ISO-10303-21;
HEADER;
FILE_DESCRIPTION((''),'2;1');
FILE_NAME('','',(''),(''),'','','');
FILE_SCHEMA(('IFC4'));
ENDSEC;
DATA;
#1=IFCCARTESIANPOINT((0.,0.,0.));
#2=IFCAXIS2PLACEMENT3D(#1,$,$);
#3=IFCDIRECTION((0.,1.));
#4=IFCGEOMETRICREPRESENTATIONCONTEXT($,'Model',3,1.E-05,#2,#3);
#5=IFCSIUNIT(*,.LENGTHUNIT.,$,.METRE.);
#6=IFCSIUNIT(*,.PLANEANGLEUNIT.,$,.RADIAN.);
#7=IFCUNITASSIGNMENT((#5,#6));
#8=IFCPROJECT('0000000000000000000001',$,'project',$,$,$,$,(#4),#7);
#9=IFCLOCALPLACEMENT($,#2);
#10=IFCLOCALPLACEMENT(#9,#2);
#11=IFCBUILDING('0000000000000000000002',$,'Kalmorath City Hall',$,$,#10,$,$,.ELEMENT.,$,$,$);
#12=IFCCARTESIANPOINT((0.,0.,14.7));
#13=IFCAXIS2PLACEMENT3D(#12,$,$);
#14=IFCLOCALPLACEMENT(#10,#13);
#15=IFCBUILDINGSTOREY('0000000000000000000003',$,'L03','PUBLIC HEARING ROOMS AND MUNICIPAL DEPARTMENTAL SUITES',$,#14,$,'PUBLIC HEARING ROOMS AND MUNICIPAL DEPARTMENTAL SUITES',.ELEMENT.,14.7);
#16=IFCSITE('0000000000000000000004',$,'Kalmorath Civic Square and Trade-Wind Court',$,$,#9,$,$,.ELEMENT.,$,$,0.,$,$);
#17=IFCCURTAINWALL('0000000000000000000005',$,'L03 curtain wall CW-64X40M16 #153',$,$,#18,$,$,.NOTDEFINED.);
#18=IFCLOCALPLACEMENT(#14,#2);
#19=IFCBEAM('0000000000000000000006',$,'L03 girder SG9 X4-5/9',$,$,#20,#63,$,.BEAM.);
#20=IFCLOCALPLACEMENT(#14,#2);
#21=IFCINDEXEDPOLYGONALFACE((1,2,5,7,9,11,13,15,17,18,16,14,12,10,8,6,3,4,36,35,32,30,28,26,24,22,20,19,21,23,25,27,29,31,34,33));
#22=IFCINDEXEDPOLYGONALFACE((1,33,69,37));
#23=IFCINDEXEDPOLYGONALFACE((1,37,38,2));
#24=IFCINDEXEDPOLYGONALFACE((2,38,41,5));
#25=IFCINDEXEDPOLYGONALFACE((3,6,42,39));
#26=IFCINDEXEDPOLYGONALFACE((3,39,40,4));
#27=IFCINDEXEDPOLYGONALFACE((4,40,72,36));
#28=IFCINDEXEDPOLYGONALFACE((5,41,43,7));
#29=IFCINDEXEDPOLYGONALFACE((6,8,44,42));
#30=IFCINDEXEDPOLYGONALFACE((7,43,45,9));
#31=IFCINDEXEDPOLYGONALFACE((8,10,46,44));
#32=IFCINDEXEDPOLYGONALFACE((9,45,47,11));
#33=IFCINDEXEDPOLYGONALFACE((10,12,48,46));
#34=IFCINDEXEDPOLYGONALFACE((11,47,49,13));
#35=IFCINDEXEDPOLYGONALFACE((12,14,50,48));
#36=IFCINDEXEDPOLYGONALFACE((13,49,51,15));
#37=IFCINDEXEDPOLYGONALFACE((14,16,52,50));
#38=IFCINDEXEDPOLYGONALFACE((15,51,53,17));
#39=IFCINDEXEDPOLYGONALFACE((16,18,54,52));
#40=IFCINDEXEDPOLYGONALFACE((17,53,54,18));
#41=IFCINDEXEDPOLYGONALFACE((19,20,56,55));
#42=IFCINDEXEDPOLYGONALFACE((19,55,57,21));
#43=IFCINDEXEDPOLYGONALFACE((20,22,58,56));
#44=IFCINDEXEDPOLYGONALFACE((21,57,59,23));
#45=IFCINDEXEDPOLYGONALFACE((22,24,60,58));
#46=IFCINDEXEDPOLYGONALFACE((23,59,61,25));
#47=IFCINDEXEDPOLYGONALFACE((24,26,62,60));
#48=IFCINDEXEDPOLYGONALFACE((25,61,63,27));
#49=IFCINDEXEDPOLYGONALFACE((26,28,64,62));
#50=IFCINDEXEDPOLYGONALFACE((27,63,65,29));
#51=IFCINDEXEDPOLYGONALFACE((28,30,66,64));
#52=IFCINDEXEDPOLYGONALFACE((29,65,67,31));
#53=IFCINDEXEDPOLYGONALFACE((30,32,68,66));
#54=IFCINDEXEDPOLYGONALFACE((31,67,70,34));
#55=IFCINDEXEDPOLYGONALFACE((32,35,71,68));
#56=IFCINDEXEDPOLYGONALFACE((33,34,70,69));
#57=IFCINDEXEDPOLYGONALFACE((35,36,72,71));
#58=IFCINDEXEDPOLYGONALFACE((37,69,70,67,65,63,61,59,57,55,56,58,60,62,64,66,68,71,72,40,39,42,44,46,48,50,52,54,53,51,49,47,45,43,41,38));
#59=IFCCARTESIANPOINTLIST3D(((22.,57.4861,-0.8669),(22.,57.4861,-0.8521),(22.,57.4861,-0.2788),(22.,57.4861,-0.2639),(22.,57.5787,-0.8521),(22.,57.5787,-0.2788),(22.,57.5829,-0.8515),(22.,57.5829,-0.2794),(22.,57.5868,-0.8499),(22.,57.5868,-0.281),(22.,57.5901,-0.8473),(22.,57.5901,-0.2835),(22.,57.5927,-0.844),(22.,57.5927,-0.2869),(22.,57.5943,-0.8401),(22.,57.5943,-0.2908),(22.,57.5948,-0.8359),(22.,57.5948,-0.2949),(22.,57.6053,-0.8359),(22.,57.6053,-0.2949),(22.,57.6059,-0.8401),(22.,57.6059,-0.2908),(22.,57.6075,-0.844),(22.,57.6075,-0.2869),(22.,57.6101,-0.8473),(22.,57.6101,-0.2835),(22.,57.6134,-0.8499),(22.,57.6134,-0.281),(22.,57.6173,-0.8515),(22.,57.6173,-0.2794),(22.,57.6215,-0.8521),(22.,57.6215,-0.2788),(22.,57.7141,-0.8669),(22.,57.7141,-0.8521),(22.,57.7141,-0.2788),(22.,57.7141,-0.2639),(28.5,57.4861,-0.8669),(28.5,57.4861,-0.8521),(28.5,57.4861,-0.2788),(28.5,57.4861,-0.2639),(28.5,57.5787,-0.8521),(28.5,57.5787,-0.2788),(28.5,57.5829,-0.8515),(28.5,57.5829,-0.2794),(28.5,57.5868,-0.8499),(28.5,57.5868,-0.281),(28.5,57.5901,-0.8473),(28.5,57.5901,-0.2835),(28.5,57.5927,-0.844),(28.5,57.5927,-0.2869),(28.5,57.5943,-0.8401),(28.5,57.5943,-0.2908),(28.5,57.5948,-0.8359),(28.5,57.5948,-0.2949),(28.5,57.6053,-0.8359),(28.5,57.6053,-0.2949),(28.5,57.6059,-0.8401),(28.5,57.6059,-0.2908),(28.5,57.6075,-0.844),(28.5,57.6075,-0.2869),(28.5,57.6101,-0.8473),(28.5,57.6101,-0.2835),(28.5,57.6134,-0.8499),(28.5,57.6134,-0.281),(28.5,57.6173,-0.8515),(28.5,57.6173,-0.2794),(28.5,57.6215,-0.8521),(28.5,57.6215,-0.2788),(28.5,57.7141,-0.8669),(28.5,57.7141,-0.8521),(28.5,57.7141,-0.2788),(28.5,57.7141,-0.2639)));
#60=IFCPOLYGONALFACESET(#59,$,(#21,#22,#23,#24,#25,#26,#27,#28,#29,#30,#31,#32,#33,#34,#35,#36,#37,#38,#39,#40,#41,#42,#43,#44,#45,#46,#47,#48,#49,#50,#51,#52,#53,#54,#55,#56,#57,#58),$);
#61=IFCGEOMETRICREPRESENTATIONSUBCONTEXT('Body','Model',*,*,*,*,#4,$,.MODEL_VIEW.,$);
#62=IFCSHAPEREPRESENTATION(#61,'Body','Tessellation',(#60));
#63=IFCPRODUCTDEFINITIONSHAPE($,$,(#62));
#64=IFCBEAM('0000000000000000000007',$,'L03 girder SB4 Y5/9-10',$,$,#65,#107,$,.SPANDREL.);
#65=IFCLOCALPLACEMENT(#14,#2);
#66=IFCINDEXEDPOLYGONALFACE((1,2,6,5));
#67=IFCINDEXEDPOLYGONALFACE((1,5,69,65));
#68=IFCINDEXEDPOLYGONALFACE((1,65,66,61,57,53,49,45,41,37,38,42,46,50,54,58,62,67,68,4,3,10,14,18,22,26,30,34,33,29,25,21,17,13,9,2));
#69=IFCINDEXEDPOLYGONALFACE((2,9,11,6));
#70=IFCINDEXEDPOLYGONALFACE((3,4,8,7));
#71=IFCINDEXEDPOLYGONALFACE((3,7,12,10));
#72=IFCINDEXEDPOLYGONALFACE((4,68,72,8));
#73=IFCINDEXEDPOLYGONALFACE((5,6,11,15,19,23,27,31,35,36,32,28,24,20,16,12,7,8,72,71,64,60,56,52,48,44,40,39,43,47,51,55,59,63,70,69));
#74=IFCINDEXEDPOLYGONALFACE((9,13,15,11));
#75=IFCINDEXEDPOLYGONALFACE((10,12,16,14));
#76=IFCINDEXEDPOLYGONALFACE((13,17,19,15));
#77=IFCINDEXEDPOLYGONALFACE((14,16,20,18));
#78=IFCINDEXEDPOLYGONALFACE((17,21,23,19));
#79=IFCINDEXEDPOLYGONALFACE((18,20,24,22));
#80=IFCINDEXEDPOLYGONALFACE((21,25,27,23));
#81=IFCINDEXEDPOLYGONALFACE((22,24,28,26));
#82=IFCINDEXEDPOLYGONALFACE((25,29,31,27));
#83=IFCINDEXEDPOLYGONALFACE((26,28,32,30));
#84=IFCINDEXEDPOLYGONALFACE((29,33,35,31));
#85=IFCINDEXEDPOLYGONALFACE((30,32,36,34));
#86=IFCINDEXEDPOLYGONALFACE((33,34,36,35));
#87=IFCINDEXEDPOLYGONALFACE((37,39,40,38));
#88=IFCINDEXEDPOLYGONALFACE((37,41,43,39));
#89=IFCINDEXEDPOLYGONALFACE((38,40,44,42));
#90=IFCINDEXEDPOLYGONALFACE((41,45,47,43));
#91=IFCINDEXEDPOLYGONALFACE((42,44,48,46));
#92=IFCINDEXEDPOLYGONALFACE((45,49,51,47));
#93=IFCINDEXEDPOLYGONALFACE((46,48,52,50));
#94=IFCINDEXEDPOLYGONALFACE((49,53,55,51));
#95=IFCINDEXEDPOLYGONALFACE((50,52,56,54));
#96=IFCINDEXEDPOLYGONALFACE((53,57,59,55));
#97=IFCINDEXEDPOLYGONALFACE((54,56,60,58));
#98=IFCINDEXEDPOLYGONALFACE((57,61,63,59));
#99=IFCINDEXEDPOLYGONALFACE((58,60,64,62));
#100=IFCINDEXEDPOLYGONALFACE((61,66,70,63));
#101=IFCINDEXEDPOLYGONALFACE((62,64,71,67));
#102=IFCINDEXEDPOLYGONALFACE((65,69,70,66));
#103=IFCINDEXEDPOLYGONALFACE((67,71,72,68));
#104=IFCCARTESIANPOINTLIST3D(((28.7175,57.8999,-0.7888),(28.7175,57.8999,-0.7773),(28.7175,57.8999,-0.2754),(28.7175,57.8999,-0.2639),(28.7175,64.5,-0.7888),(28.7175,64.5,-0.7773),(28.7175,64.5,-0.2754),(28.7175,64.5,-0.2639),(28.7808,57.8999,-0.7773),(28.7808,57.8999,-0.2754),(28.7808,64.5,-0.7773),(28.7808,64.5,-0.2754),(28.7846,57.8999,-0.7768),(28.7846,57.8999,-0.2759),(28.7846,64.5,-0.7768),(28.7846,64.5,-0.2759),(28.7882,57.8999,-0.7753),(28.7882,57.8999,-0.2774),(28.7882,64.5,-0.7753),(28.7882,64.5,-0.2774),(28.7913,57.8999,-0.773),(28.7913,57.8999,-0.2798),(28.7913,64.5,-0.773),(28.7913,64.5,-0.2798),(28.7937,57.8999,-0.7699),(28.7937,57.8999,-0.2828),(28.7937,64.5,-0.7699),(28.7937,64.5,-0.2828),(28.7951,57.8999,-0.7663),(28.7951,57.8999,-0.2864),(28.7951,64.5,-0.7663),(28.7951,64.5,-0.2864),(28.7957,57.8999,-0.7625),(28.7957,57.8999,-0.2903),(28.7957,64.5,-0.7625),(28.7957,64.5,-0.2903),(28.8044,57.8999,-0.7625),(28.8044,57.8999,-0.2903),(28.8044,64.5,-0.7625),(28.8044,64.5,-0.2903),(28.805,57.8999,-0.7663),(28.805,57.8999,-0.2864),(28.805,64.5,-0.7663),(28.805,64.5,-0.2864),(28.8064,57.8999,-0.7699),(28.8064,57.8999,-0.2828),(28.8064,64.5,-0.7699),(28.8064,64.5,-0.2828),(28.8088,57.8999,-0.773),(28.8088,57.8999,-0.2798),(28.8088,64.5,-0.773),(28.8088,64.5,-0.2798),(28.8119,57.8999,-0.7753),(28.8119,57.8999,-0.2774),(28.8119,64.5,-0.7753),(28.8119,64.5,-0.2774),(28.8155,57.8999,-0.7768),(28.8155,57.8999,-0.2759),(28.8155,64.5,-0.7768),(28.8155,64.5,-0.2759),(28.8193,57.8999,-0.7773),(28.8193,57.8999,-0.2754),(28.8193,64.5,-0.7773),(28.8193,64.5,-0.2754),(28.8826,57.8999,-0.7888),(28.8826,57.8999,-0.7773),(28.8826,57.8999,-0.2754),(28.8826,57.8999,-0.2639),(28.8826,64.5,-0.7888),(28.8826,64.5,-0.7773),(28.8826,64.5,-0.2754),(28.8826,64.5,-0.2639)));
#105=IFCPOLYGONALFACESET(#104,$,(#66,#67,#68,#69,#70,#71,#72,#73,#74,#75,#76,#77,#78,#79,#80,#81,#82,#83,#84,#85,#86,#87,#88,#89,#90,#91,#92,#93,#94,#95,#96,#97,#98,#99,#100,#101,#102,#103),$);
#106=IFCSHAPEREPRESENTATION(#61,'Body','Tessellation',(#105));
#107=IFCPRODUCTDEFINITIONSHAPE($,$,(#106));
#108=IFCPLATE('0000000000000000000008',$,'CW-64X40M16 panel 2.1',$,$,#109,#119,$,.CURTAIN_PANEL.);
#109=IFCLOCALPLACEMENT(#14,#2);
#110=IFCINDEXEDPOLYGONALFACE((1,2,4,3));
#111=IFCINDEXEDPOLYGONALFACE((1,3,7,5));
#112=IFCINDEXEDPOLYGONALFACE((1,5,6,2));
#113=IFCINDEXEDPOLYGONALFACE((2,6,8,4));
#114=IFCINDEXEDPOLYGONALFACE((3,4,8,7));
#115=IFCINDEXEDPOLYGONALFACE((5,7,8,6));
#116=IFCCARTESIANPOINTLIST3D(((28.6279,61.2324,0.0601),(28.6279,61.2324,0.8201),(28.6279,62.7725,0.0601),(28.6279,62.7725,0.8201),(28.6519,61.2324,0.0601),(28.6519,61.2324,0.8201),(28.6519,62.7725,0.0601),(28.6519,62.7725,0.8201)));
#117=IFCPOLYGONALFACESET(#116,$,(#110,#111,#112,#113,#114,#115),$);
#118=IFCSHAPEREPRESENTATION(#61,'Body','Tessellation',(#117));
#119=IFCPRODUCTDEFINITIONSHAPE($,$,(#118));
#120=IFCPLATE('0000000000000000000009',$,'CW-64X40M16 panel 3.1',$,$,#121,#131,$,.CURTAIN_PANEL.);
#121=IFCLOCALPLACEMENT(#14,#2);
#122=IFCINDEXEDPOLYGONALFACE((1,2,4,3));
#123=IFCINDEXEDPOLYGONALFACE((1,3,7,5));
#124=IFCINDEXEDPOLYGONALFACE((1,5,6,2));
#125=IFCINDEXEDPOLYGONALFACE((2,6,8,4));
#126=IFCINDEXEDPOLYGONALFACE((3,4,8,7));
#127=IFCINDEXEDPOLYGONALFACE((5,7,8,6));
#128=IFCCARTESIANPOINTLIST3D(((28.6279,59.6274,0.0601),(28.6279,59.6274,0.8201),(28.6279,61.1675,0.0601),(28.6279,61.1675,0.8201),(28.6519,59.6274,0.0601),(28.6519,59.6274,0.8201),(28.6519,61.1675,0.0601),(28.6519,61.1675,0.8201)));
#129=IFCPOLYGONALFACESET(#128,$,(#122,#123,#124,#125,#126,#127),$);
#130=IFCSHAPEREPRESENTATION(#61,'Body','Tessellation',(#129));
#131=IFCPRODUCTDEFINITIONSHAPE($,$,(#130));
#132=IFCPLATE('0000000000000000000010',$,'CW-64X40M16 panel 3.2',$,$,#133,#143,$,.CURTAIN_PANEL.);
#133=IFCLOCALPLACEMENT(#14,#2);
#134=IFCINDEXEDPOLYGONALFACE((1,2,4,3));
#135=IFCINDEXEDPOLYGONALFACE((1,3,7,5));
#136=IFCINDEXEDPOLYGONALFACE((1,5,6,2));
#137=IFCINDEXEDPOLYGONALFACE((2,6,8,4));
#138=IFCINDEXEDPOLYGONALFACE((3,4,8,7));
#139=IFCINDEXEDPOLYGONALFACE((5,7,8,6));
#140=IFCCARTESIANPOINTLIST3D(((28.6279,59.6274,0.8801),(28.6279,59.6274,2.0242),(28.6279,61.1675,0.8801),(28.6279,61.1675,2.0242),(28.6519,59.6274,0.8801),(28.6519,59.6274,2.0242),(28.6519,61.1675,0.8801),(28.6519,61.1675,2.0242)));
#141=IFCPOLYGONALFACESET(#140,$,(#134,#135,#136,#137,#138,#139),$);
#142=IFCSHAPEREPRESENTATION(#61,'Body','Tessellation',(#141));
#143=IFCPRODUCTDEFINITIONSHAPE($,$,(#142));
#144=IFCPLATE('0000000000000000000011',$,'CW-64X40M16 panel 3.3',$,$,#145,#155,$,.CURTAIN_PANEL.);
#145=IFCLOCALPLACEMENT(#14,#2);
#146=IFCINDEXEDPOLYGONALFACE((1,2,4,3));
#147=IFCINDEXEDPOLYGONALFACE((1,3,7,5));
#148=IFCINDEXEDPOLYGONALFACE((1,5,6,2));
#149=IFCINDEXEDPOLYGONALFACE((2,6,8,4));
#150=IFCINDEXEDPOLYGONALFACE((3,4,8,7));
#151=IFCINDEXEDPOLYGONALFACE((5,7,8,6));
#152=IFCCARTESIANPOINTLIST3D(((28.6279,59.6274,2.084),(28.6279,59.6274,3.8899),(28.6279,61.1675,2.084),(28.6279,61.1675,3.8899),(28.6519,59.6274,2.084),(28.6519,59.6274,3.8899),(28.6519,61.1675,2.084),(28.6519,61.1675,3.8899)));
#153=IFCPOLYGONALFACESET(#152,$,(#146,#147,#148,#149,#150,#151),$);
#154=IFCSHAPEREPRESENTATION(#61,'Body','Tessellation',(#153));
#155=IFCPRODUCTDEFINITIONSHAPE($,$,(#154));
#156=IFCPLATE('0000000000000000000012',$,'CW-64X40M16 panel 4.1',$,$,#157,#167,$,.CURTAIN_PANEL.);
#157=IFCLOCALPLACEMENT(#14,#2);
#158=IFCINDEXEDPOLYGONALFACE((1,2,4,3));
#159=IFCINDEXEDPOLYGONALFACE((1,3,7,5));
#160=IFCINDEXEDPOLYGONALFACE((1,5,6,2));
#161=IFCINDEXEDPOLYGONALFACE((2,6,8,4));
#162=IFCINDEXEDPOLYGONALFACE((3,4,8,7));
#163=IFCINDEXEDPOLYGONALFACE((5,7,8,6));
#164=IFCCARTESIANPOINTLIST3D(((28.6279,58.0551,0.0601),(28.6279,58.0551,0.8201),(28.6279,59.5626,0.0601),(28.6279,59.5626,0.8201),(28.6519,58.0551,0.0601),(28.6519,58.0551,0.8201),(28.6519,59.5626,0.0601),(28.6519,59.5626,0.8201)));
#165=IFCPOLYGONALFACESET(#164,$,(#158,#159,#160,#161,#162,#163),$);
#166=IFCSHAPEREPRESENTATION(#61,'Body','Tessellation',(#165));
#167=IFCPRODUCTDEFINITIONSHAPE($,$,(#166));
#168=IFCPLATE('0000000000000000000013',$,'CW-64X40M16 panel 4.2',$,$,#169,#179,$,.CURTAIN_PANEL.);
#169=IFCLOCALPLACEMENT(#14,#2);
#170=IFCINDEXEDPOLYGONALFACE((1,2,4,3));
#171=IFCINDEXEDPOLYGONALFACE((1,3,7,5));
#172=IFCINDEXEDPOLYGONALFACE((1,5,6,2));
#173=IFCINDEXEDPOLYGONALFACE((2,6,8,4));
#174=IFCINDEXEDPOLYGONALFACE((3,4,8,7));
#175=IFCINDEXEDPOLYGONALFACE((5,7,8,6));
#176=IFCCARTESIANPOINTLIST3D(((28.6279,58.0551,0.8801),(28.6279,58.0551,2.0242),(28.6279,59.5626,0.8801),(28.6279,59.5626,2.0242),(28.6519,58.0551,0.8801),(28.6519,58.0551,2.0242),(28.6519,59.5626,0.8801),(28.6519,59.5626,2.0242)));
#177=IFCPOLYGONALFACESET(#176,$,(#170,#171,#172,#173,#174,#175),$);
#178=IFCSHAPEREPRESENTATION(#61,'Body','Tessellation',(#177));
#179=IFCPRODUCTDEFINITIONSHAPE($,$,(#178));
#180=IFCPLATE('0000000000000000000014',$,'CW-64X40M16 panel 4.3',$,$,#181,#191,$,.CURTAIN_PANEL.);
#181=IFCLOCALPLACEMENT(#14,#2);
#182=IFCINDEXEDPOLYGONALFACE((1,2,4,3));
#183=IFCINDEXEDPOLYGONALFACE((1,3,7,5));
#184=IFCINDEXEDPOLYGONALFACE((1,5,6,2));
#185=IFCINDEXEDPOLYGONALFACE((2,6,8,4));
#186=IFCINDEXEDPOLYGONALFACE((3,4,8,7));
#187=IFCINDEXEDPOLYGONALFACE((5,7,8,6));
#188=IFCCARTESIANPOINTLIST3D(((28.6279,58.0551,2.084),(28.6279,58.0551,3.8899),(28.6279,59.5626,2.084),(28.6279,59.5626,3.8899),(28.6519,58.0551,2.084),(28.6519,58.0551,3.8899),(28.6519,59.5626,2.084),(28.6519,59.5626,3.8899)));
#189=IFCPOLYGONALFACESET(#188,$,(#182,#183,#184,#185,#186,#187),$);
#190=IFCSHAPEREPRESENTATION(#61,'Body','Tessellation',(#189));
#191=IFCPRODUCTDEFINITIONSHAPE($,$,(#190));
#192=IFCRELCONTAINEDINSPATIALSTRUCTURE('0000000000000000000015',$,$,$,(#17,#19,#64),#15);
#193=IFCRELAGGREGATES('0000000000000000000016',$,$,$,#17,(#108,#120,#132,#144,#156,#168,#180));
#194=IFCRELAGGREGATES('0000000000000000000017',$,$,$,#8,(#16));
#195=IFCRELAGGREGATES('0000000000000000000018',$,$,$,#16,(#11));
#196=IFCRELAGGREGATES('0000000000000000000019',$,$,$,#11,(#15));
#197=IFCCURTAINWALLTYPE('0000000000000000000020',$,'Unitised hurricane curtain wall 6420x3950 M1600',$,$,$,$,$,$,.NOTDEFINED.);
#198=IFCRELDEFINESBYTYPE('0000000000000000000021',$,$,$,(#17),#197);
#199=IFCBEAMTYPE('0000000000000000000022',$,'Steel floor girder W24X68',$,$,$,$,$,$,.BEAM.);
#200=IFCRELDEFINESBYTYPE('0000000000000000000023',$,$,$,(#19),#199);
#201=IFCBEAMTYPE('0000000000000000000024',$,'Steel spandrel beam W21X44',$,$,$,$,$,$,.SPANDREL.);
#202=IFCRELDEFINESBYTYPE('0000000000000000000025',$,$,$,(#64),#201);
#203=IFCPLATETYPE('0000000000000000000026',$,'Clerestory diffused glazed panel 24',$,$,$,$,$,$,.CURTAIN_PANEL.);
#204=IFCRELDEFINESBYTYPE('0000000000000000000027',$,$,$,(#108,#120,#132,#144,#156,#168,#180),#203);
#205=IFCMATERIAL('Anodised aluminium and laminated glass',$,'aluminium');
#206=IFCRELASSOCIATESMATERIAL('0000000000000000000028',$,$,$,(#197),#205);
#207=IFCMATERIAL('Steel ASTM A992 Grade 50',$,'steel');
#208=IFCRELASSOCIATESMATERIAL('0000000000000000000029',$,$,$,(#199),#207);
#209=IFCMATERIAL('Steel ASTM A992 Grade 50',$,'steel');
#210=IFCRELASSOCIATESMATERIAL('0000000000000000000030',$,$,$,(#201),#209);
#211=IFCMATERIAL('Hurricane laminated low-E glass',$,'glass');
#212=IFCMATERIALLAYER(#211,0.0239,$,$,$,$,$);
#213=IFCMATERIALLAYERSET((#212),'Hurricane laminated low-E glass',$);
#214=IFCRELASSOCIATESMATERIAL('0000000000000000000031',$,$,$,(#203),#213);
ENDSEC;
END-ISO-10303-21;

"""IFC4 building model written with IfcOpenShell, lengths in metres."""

from ifc_helpers import new_model, si_unit, direction, frame, origin, origin_2d, place, context, subcontext, project, spatial, rectangle, i_section, extrude, material, layer, layer_set, material_profile, profile_set, type_object, element, aggregate, save


model = new_model("IFC4")

# Units and contexts
model_context = context("Model", 3, precision=1e-05, world=origin(), true_north=direction((0.0, 1.0)))
body_context = subcontext(model_context, "Body", "Model", "MODEL_VIEW")
ifc_project = project(units=[si_unit("LENGTHUNIT", "METRE"), si_unit("PLANEANGLEUNIT", "RADIAN")], contexts=[model_context])

# Site, building, storey
site_placement = place(None, origin())
site = spatial("IfcSite", under=ifc_project, at=site_placement, Name="Kalmorath Civic Square and Trade-Wind Court", CompositionType="ELEMENT", RefElevation=0.0)
building_placement = place(site_placement, origin())
building = spatial("IfcBuilding", under=site, at=building_placement, Name="Kalmorath City Hall", CompositionType="ELEMENT")
storey_placement = place(building_placement, frame((0.0, 0.0, 14.7)))
storey = spatial("IfcBuildingStorey", under=building, at=storey_placement, Name="L03", Description="PUBLIC HEARING ROOMS AND MUNICIPAL DEPARTMENTAL SUITES", LongName="PUBLIC HEARING ROOMS AND MUNICIPAL DEPARTMENTAL SUITES", CompositionType="ELEMENT", Elevation=14.7)

# Curtain wall
ifc_material_1 = material(Name="Anodised aluminium and laminated glass", Category="aluminium")
curtain_wall_type = type_object("IfcCurtainWallType", Name="Unitised hurricane curtain wall 6420x3950 M1600", PredefinedType="NOTDEFINED", material=ifc_material_1)
curtain_wall_placement = place(storey_placement, origin())
curtain_wall = element("IfcCurtainWall", 1, at=curtain_wall_placement, inside=storey, type_object=curtain_wall_type, Name="L03 curtain wall CW-64X40M16 #153", PredefinedType="NOTDEFINED")

# Beams
ifc_material_2 = material(Name="Steel ASTM A992 Grade 50", Category="steel")
ifc_material_profile_1 = material_profile(ifc_material_2, i_section(OverallWidth=0.228, OverallDepth=0.603, WebThickness=0.0105, FlangeThickness=0.0149, FilletRadius=0.0161, at=origin_2d()), Name="W24X68")
ifc_profile_set_1 = profile_set([ifc_material_profile_1], Name="Steel ASTM A992 Grade 50")
beam_type_1 = type_object("IfcBeamType", Name="Steel floor girder W24X68", PredefinedType="BEAM", material=ifc_profile_set_1)
beam_1_placement = place(storey_placement, frame((22.0, 57.6001, -0.5654), z_axis=(1.0, 0.0, 0.0), x_axis=(0.0, 1.0, 0.0)))
element("IfcBeam", 2, at=beam_1_placement, inside=storey, type_object=beam_type_1, Name="L03 girder SG9 X4-5/9", PredefinedType="BEAM", context=body_context, shape_type="SweptSolid", body=[
    extrude(i_section(OverallWidth=0.228, OverallDepth=0.603, WebThickness=0.0105, FlangeThickness=0.0149, FilletRadius=0.0161, at=origin_2d()), origin(), (0.0, 0.0, 1.0), 6.5),
])
ifc_material_3 = material(Name="Steel ASTM A992 Grade 50", Category="steel")
ifc_material_profile_2 = material_profile(ifc_material_3, i_section(OverallWidth=0.165, OverallDepth=0.5249, WebThickness=0.0088, FlangeThickness=0.0115, FilletRadius=0.0149, at=origin_2d()), Name="W21X44")
ifc_profile_set_2 = profile_set([ifc_material_profile_2], Name="Steel ASTM A992 Grade 50")
beam_type_2 = type_object("IfcBeamType", Name="Steel spandrel beam W21X44", PredefinedType="SPANDREL", material=ifc_profile_set_2)
beam_2_placement = place(storey_placement, frame((28.8, 57.8999, -0.5264), z_axis=(0.0, 1.0, 0.0), x_axis=(-1.0, 0.0, 0.0)))
element("IfcBeam", 3, at=beam_2_placement, inside=storey, type_object=beam_type_2, Name="L03 girder SB4 Y5/9-10", PredefinedType="SPANDREL", context=body_context, shape_type="SweptSolid", body=[
    extrude(i_section(OverallWidth=0.165, OverallDepth=0.5249, WebThickness=0.0088, FlangeThickness=0.0115, FilletRadius=0.0149, at=origin_2d()), origin(), (0.0, 0.0, 1.0), 6.6001),
])

# Plates
ifc_material_4 = material(Name="Hurricane laminated low-E glass", Category="glass")
ifc_layer_1 = layer(ifc_material_4, 0.0239)
ifc_layer_set_1 = layer_set([ifc_layer_1], Name="Hurricane laminated low-E glass")
plate_type = type_object("IfcPlateType", Name="Clerestory diffused glazed panel 24", PredefinedType="CURTAIN_PANEL", material=ifc_layer_set_1)
plate_1_placement = place(storey_placement, frame((28.6399, 62.0024, 0.0601), z_axis=(0.0, 0.0, 1.0), x_axis=(0.0, -1.0, 0.0)))
plate_1 = element("IfcPlate", 4, at=plate_1_placement, type_object=plate_type, Name="CW-64X40M16 panel 2.1", PredefinedType="CURTAIN_PANEL", context=body_context, shape_type="SweptSolid", body=[
    extrude(rectangle(XDim=1.54, YDim=0.0239, at=origin_2d()), origin(), (0.0, 0.0, 1.0), 0.76),
])
plate_2_placement = place(storey_placement, frame((28.6399, 60.3975, 0.0601), z_axis=(0.0, 0.0, 1.0), x_axis=(0.0, -1.0, 0.0)))
plate_2 = element("IfcPlate", 5, at=plate_2_placement, type_object=plate_type, Name="CW-64X40M16 panel 3.1", PredefinedType="CURTAIN_PANEL", context=body_context, shape_type="SweptSolid", body=[
    extrude(rectangle(XDim=1.54, YDim=0.0239, at=origin_2d()), origin(), (0.0, 0.0, 1.0), 0.76),
])
plate_3_placement = place(storey_placement, frame((28.6399, 60.3975, 0.8801), z_axis=(0.0, 0.0, 1.0), x_axis=(0.0, -1.0, 0.0)))
plate_3 = element("IfcPlate", 6, at=plate_3_placement, type_object=plate_type, Name="CW-64X40M16 panel 3.2", PredefinedType="CURTAIN_PANEL", context=body_context, shape_type="SweptSolid", body=[
    extrude(rectangle(XDim=1.54, YDim=0.0239, at=origin_2d()), origin(), (0.0, 0.0, 1.0), 1.144),
])
plate_4_placement = place(storey_placement, frame((28.6399, 60.3975, 2.084), z_axis=(0.0, 0.0, 1.0), x_axis=(0.0, -1.0, 0.0)))
plate_4 = element("IfcPlate", 7, at=plate_4_placement, type_object=plate_type, Name="CW-64X40M16 panel 3.3", PredefinedType="CURTAIN_PANEL", context=body_context, shape_type="SweptSolid", body=[
    extrude(rectangle(XDim=1.54, YDim=0.0239, at=origin_2d()), origin(), (0.0, 0.0, 1.0), 1.8059),
])
plate_5_placement = place(storey_placement, frame((28.6399, 58.8088, 0.0601), z_axis=(0.0, 0.0, 1.0), x_axis=(0.0, -1.0, 0.0)))
plate_5 = element("IfcPlate", 8, at=plate_5_placement, type_object=plate_type, Name="CW-64X40M16 panel 4.1", PredefinedType="CURTAIN_PANEL", context=body_context, shape_type="SweptSolid", body=[
    extrude(rectangle(XDim=1.5076, YDim=0.0239, at=origin_2d()), origin(), (0.0, 0.0, 1.0), 0.76),
])
plate_6_placement = place(storey_placement, frame((28.6399, 58.8088, 0.8801), z_axis=(0.0, 0.0, 1.0), x_axis=(0.0, -1.0, 0.0)))
plate_6 = element("IfcPlate", 9, at=plate_6_placement, type_object=plate_type, Name="CW-64X40M16 panel 4.2", PredefinedType="CURTAIN_PANEL", context=body_context, shape_type="SweptSolid", body=[
    extrude(rectangle(XDim=1.5076, YDim=0.0239, at=origin_2d()), origin(), (0.0, 0.0, 1.0), 1.144),
])
plate_7_placement = place(storey_placement, frame((28.6399, 58.8088, 2.084), z_axis=(0.0, 0.0, 1.0), x_axis=(0.0, -1.0, 0.0)))
plate_7 = element("IfcPlate", 10, at=plate_7_placement, type_object=plate_type, Name="CW-64X40M16 panel 4.3", PredefinedType="CURTAIN_PANEL", context=body_context, shape_type="SweptSolid", body=[
    extrude(rectangle(XDim=1.5076, YDim=0.0239, at=origin_2d()), origin(), (0.0, 0.0, 1.0), 1.8059),
])
aggregate(curtain_wall, [plate_1, plate_2, plate_3, plate_4, plate_5, plate_6, plate_7])

save(model, "model.ifc")
